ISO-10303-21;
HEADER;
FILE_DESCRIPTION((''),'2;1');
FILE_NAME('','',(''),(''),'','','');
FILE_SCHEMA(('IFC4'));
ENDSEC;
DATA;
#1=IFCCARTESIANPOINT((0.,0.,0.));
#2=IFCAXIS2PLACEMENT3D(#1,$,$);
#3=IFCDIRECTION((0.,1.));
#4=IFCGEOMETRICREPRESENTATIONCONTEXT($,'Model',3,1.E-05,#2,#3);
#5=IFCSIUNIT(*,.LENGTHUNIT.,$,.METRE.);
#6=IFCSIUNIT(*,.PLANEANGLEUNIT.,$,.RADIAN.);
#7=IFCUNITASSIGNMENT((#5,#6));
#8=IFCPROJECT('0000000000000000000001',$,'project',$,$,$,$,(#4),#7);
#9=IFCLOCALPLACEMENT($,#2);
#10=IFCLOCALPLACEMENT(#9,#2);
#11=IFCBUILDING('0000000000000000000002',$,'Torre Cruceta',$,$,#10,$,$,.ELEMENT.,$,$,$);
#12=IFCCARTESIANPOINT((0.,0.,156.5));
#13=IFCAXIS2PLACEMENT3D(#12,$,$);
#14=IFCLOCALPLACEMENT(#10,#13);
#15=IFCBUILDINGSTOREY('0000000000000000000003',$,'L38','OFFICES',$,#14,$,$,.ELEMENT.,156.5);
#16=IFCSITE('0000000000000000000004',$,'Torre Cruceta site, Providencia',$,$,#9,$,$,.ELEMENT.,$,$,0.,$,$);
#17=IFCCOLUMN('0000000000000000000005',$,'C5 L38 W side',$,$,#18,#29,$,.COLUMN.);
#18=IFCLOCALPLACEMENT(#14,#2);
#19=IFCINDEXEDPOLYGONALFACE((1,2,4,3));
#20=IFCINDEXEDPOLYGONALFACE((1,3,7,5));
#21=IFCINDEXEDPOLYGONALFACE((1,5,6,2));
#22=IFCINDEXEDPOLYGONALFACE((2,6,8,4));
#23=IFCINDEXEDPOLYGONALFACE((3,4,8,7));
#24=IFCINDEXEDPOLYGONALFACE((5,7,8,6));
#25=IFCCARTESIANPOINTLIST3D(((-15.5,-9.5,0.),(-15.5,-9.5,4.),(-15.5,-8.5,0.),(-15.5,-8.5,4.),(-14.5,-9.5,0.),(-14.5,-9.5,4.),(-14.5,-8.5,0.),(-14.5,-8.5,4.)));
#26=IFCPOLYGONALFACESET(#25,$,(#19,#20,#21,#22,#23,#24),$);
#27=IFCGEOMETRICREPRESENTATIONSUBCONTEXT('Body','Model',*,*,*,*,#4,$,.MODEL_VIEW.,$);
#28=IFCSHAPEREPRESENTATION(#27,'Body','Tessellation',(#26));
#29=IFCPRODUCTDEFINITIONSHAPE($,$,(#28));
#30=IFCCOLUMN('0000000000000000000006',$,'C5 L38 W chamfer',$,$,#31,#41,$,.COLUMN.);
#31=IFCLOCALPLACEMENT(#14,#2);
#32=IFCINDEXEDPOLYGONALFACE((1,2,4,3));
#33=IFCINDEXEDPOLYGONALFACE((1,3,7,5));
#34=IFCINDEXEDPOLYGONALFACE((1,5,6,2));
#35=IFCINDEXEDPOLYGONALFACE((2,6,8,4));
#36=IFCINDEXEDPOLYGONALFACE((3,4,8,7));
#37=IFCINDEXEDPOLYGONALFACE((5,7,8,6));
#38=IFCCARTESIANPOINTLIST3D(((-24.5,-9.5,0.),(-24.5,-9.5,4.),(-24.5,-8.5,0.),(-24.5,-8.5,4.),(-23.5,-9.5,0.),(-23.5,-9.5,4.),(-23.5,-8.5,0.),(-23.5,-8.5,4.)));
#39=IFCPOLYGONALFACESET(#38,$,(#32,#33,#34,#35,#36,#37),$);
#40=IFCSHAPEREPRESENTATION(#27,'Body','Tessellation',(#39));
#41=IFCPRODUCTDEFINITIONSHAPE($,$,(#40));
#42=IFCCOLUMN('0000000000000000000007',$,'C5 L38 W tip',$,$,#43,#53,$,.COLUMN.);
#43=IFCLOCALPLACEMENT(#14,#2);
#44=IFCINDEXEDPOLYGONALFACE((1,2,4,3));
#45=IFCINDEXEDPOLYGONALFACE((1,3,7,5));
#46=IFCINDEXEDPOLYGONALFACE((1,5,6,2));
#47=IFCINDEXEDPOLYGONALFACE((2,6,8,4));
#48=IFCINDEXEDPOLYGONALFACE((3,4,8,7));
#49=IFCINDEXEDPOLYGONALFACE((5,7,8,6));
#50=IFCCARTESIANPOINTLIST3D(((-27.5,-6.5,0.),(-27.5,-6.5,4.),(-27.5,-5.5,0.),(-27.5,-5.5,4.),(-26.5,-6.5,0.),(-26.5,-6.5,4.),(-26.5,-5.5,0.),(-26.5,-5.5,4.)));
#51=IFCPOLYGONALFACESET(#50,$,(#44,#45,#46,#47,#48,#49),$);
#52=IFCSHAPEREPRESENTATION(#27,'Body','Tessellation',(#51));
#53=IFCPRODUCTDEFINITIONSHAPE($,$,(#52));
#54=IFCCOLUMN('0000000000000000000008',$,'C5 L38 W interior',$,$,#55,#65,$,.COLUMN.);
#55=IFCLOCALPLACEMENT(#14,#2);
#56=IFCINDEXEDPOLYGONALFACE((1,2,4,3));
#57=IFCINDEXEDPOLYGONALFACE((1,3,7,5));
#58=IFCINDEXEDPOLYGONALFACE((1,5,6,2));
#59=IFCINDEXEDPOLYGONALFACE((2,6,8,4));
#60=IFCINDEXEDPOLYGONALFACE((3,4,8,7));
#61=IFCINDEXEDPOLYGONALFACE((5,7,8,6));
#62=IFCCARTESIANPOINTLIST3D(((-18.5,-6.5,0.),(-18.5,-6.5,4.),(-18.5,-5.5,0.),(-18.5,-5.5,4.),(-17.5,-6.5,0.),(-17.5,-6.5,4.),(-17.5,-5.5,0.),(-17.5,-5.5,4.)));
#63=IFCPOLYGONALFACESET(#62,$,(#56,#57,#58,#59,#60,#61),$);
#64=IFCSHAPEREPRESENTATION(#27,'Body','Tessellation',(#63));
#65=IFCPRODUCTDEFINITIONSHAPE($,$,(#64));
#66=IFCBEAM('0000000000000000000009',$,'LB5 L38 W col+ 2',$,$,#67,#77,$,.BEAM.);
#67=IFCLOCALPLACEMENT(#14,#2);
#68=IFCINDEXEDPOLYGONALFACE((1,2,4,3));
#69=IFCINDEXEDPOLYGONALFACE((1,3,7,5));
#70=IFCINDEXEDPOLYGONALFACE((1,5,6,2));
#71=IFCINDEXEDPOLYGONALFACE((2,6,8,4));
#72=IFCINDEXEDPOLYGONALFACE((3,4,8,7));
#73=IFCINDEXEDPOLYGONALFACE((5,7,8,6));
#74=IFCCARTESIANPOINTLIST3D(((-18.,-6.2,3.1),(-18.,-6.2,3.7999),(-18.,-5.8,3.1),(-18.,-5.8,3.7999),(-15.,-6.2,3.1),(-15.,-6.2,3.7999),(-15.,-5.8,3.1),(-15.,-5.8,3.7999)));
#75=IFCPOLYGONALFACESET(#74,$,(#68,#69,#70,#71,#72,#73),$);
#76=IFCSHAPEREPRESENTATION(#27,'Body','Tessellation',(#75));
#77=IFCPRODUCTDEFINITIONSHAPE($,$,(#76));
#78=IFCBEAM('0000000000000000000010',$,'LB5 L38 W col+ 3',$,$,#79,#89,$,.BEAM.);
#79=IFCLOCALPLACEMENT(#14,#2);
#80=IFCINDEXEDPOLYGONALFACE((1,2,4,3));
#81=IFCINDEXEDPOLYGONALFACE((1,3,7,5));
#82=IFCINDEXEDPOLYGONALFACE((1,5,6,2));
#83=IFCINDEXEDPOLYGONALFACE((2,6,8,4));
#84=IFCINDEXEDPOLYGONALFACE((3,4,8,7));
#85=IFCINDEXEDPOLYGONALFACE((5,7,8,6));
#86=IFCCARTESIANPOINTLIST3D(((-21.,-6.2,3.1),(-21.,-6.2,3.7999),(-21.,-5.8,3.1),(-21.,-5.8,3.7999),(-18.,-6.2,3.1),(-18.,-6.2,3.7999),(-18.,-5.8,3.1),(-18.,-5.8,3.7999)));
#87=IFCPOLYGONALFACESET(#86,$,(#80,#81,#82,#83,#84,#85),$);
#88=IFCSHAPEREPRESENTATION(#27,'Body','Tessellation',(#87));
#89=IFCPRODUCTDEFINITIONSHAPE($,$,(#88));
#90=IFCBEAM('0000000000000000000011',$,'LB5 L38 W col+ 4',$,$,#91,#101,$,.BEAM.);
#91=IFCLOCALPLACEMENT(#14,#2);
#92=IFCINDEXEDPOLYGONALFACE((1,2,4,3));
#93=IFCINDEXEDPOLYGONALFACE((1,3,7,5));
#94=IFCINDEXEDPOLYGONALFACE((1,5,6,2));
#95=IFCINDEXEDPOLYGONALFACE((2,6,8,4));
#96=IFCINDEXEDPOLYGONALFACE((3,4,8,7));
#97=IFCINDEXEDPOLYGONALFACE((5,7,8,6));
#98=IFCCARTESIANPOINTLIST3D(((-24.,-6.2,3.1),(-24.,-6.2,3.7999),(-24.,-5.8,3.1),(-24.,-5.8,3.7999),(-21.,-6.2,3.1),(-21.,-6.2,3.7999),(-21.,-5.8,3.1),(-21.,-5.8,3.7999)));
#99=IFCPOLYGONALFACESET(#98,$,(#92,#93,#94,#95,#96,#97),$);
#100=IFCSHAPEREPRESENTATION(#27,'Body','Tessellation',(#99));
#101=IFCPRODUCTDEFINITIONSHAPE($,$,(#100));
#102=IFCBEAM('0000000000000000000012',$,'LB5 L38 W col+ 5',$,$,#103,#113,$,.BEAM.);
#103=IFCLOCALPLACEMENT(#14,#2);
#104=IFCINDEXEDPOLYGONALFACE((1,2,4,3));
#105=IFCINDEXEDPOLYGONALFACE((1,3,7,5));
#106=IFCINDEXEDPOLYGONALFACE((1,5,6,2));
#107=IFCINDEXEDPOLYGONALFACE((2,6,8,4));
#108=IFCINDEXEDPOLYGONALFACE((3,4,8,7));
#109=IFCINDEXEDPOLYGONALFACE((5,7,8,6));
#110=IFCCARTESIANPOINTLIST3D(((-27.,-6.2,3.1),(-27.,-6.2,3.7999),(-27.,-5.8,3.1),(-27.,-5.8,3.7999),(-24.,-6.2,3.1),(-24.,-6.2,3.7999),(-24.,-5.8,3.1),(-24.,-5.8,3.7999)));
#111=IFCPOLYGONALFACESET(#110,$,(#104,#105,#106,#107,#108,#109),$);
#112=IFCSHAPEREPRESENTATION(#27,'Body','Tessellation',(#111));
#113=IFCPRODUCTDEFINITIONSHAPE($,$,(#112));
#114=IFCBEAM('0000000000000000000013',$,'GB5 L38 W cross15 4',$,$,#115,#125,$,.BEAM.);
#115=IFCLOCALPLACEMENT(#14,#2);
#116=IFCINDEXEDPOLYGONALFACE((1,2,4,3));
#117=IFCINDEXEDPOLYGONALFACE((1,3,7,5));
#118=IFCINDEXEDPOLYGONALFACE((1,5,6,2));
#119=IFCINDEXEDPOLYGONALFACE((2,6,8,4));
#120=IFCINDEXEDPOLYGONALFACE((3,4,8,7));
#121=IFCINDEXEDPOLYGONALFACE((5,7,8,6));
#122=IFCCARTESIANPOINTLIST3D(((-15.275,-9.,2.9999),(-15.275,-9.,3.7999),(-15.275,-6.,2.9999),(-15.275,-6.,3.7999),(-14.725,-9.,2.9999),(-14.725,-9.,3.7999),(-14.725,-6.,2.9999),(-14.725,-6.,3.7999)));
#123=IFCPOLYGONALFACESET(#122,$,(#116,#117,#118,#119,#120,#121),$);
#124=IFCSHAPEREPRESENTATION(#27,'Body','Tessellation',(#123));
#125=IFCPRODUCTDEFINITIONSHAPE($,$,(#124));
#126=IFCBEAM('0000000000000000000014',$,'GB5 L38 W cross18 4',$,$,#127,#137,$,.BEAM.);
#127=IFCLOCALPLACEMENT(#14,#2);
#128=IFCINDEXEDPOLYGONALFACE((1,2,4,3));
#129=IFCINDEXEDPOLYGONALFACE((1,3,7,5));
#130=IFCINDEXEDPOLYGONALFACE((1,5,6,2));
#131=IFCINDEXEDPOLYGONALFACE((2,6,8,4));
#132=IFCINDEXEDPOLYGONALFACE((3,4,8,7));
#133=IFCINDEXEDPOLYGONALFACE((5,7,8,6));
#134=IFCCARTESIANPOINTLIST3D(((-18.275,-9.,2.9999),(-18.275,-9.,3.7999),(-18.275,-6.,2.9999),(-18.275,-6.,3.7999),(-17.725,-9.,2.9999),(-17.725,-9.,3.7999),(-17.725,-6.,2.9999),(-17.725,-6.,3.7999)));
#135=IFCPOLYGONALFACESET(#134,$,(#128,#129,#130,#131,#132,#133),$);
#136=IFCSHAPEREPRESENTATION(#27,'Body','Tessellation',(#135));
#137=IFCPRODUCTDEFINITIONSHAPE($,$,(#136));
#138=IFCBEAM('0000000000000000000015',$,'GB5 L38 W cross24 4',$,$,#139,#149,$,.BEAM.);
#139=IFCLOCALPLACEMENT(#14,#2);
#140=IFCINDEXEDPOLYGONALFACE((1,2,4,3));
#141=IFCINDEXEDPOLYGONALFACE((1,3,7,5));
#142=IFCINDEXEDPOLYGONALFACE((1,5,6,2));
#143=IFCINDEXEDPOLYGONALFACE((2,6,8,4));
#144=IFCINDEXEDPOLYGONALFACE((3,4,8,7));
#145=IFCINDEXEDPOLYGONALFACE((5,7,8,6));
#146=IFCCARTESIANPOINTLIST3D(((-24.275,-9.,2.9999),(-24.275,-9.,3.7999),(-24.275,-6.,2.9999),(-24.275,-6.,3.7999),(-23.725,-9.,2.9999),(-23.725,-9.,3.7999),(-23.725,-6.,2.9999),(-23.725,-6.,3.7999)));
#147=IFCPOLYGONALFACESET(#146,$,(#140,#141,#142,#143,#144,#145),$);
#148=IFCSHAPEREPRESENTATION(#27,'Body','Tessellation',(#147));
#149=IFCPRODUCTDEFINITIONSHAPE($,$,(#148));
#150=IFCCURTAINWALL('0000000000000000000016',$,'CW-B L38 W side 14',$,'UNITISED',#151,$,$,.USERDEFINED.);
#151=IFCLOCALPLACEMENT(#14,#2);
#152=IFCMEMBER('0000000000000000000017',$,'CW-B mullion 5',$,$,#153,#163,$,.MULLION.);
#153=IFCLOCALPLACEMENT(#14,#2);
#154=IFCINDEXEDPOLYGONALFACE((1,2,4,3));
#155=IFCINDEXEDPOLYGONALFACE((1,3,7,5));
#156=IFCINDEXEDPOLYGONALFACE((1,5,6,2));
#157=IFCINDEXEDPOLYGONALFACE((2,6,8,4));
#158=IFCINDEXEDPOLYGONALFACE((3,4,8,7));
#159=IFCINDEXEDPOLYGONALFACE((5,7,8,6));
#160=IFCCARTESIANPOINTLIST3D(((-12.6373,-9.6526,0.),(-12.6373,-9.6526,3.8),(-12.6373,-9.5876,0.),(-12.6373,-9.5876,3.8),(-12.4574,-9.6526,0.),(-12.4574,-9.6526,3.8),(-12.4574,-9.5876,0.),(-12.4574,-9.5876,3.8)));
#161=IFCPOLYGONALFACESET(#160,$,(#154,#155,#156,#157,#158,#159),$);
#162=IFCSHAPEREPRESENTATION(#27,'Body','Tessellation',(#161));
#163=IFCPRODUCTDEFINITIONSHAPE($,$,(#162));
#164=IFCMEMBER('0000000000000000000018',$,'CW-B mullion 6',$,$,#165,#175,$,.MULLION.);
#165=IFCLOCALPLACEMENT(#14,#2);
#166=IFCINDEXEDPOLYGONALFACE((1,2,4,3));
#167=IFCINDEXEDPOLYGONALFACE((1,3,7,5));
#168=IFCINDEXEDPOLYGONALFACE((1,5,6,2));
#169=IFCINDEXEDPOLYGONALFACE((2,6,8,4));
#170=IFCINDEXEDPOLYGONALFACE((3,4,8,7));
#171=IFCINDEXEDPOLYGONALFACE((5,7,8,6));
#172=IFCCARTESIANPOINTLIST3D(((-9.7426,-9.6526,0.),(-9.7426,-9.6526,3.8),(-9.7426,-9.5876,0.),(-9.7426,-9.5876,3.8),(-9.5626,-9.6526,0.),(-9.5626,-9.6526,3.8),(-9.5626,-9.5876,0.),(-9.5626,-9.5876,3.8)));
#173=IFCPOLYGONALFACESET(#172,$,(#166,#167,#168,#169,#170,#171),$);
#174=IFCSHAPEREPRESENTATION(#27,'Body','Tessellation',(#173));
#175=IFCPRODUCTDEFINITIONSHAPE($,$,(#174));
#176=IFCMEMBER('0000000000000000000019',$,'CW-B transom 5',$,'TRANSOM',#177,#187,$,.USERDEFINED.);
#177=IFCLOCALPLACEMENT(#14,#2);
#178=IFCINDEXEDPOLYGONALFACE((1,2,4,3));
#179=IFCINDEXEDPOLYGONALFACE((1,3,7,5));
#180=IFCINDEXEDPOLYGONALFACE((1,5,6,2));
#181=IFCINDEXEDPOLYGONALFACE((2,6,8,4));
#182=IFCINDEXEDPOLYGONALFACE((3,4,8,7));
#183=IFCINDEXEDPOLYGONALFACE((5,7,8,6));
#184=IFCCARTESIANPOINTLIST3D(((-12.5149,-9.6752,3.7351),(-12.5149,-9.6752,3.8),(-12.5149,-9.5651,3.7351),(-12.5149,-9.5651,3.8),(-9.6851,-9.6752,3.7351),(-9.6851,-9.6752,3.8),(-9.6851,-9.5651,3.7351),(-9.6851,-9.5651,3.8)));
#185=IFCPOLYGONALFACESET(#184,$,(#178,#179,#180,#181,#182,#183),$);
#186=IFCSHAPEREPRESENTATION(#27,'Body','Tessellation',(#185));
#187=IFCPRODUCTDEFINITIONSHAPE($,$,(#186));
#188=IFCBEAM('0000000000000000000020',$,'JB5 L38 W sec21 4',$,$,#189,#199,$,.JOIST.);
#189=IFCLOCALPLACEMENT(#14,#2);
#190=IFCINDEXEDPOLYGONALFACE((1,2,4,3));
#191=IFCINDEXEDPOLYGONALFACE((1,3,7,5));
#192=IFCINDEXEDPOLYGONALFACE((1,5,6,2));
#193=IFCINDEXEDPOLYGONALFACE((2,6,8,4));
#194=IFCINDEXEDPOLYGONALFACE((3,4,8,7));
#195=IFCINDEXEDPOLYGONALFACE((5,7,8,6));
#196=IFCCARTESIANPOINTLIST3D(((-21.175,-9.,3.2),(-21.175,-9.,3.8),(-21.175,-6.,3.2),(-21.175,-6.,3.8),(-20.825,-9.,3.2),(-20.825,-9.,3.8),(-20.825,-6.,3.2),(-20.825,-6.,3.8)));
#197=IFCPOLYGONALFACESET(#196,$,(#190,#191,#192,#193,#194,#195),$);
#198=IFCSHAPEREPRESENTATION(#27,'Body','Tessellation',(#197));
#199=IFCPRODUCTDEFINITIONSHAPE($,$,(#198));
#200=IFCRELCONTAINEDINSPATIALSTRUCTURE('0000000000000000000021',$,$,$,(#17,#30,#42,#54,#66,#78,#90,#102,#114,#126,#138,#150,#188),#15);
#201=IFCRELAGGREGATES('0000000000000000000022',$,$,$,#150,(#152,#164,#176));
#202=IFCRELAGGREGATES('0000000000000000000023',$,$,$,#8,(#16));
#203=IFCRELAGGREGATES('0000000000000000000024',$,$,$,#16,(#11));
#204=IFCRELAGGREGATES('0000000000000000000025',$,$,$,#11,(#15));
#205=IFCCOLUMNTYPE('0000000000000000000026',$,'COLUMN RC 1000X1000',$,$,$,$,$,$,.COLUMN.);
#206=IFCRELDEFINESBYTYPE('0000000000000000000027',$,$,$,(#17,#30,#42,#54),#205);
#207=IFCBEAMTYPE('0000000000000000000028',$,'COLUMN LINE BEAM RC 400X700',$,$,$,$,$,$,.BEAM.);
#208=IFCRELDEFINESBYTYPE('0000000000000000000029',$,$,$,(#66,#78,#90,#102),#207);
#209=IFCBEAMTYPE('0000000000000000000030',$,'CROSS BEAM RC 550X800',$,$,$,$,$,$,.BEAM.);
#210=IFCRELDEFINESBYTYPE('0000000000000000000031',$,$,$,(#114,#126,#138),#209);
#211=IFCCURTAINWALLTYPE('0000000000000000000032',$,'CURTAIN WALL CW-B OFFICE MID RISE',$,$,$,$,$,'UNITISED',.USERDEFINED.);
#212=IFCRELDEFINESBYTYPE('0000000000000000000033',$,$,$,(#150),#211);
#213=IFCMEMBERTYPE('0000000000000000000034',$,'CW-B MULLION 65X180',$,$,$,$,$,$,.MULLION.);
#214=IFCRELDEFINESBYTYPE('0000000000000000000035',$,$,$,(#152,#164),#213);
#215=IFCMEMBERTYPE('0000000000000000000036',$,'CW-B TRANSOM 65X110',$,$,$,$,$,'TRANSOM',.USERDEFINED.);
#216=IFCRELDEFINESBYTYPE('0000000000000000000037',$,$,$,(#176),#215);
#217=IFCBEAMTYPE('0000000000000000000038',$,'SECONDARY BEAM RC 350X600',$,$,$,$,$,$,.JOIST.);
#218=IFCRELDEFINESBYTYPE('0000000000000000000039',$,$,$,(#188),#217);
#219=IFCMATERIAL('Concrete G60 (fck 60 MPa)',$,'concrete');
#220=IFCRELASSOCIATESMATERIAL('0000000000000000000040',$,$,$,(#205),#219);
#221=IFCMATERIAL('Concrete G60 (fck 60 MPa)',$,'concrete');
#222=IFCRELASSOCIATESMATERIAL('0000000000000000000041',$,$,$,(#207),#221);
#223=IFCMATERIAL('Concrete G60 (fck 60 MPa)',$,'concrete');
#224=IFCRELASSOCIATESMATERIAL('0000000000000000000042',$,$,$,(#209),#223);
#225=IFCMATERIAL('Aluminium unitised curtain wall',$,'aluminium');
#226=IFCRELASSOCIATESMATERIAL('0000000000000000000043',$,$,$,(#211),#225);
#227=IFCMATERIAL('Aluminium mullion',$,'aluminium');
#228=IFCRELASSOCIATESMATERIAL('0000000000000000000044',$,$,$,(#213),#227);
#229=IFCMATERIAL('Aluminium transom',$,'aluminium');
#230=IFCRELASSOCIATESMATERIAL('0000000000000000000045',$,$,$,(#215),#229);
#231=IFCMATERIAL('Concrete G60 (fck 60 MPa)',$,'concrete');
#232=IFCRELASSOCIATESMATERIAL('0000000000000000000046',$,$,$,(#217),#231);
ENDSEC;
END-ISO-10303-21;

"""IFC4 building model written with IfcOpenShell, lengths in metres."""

from ifc_helpers import new_model, si_unit, direction, frame, origin, origin_2d, place, context, subcontext, project, spatial, rectangle, extrude, material, material_profile, profile_set, type_object, element, aggregate, save


model = new_model("IFC4")

# Units and contexts
model_context = context("Model", 3, precision=1e-05, world=origin(), true_north=direction((0.0, 1.0)))
body_context = subcontext(model_context, "Body", "Model", "MODEL_VIEW")
ifc_project = project(units=[si_unit("LENGTHUNIT", "METRE"), si_unit("PLANEANGLEUNIT", "RADIAN")], contexts=[model_context])

# Site, building, storey
site_placement = place(None, origin())
site = spatial("IfcSite", under=ifc_project, at=site_placement, Name="Torre Cruceta site, Providencia", CompositionType="ELEMENT", RefElevation=0.0)
building_placement = place(site_placement, origin())
building = spatial("IfcBuilding", under=site, at=building_placement, Name="Torre Cruceta", CompositionType="ELEMENT")
storey_placement = place(building_placement, frame((0.0, 0.0, 156.5)))
storey = spatial("IfcBuildingStorey", under=building, at=storey_placement, Name="L38", Description="OFFICES", CompositionType="ELEMENT", Elevation=156.5)

# Columns
ifc_material_1 = material(Name="Concrete G60 (fck 60 MPa)", Category="concrete")
ifc_material_profile_1 = material_profile(ifc_material_1, rectangle(XDim=1.0, YDim=1.0, at=origin_2d()), Name="RC 1000X1000")
ifc_profile_set_1 = profile_set([ifc_material_profile_1], Name="Concrete G60 (fck 60 MPa)")
column_type = type_object("IfcColumnType", Name="COLUMN RC 1000X1000", PredefinedType="COLUMN", material=ifc_profile_set_1)
for number, where, z_axis, x_axis, name in (
    (1, (-15.0, -9.0, 0.0), (0.0, 0.0, 1.0), (1.0, 0.0, 0.0), "C5 L38 W side"),
    (2, (-24.0, -9.0, 0.0), (0.0, 0.0, 1.0), (1.0, 0.0, 0.0), "C5 L38 W chamfer"),
    (3, (-27.0, -6.0, 0.0), (0.0, 0.0, 1.0), (1.0, 0.0, 0.0), "C5 L38 W tip"),
    (4, (-18.0, -6.0, 0.0), (0.0, 0.0, 1.0), (1.0, 0.0, 0.0), "C5 L38 W interior"),
):
    element("IfcColumn", number, at=place(storey_placement, frame(where, z_axis=z_axis, x_axis=x_axis)), inside=storey, type_object=column_type, Name=name, PredefinedType="COLUMN", context=body_context, shape_type="SweptSolid", body=[
        extrude(rectangle(XDim=1.0, YDim=1.0, at=origin_2d()), origin(), (0.0, 0.0, 1.0), 4.0),
    ])

# Beams
ifc_material_2 = material(Name="Concrete G60 (fck 60 MPa)", Category="concrete")
ifc_material_profile_2 = material_profile(ifc_material_2, rectangle(XDim=0.3999, YDim=0.7, at=origin_2d()), Name="RC 400X700")
ifc_profile_set_2 = profile_set([ifc_material_profile_2], Name="Concrete G60 (fck 60 MPa)")
beam_type_1 = type_object("IfcBeamType", Name="COLUMN LINE BEAM RC 400X700", PredefinedType="BEAM", material=ifc_profile_set_2)
for number, where, z_axis, x_axis, name in (
    (5, (-15.0, -6.0, 3.45), (-1.0, 0.0, 0.0), (0.0, -1.0, 0.0), "LB5 L38 W col+ 2"),
    (6, (-18.0, -6.0, 3.45), (-1.0, 0.0, 0.0), (0.0, -1.0, 0.0), "LB5 L38 W col+ 3"),
    (7, (-21.0, -6.0, 3.45), (-1.0, 0.0, 0.0), (0.0, -1.0, 0.0), "LB5 L38 W col+ 4"),
    (8, (-24.0, -6.0, 3.45), (-1.0, 0.0, 0.0), (0.0, -1.0, 0.0), "LB5 L38 W col+ 5"),
):
    element("IfcBeam", number, at=place(storey_placement, frame(where, z_axis=z_axis, x_axis=x_axis)), inside=storey, type_object=beam_type_1, Name=name, PredefinedType="BEAM", context=body_context, shape_type="SweptSolid", body=[
        extrude(rectangle(XDim=0.3999, YDim=0.7, at=origin_2d()), origin(), (0.0, 0.0, 1.0), 3.0),
    ])
ifc_material_3 = material(Name="Concrete G60 (fck 60 MPa)", Category="concrete")
ifc_material_profile_3 = material_profile(ifc_material_3, rectangle(XDim=0.55, YDim=0.8, at=origin_2d()), Name="RC 550X800")
ifc_profile_set_3 = profile_set([ifc_material_profile_3], Name="Concrete G60 (fck 60 MPa)")
beam_type_2 = type_object("IfcBeamType", Name="CROSS BEAM RC 550X800", PredefinedType="BEAM", material=ifc_profile_set_3)
for number, where, z_axis, x_axis, name in (
    (9, (-15.0, -6.0, 3.3999), (0.0, -1.0, 0.0), (1.0, 0.0, 0.0), "GB5 L38 W cross15 4"),
    (10, (-18.0, -6.0, 3.3999), (0.0, -1.0, 0.0), (1.0, 0.0, 0.0), "GB5 L38 W cross18 4"),
    (11, (-24.0, -6.0, 3.3999), (0.0, -1.0, 0.0), (1.0, 0.0, 0.0), "GB5 L38 W cross24 4"),
):
    element("IfcBeam", number, at=place(storey_placement, frame(where, z_axis=z_axis, x_axis=x_axis)), inside=storey, type_object=beam_type_2, Name=name, PredefinedType="BEAM", context=body_context, shape_type="SweptSolid", body=[
        extrude(rectangle(XDim=0.55, YDim=0.8, at=origin_2d()), origin(), (0.0, 0.0, 1.0), 3.0),
    ])

# Curtain wall, members
ifc_material_4 = material(Name="Aluminium unitised curtain wall", Category="aluminium")
curtain_wall_type = type_object("IfcCurtainWallType", Name="CURTAIN WALL CW-B OFFICE MID RISE", ElementType="UNITISED", PredefinedType="USERDEFINED", material=ifc_material_4)
curtain_wall_placement = place(storey_placement, origin())
curtain_wall = element("IfcCurtainWall", 12, at=curtain_wall_placement, inside=storey, type_object=curtain_wall_type, Name="CW-B L38 W side 14", ObjectType="UNITISED", PredefinedType="USERDEFINED")
ifc_material_5 = material(Name="Aluminium mullion", Category="aluminium")
ifc_material_profile_4 = material_profile(ifc_material_5, rectangle(XDim=0.0649, YDim=0.1799, at=origin_2d()), Name="AL 65X180")
ifc_profile_set_4 = profile_set([ifc_material_profile_4], Name="Aluminium mullion")
member_type_1 = type_object("IfcMemberType", Name="CW-B MULLION 65X180", PredefinedType="MULLION", material=ifc_profile_set_4)
member_1_placement = place(storey_placement, frame((-12.5474, -9.6201, 0.0), z_axis=(0.0, 0.0, 1.0), x_axis=(0.0, 1.0, 0.0)))
member_1 = element("IfcMember", 13, at=member_1_placement, type_object=member_type_1, Name="CW-B mullion 5", PredefinedType="MULLION", context=body_context, shape_type="SweptSolid", body=[
    extrude(rectangle(XDim=0.0649, YDim=0.1799, at=origin_2d()), origin(), (0.0, 0.0, 1.0), 3.8),
])
member_2_placement = place(storey_placement, frame((-9.6526, -9.6201, 0.0), z_axis=(0.0, 0.0, 1.0), x_axis=(0.0, 1.0, 0.0)))
member_2 = element("IfcMember", 14, at=member_2_placement, type_object=member_type_1, Name="CW-B mullion 6", PredefinedType="MULLION", context=body_context, shape_type="SweptSolid", body=[
    extrude(rectangle(XDim=0.0649, YDim=0.1799, at=origin_2d()), origin(), (0.0, 0.0, 1.0), 3.8),
])
ifc_material_6 = material(Name="Aluminium transom", Category="aluminium")
ifc_material_profile_5 = material_profile(ifc_material_6, rectangle(XDim=0.1101, YDim=0.0649, at=origin_2d()), Name="AL 110X65")
ifc_profile_set_5 = profile_set([ifc_material_profile_5], Name="Aluminium transom")
member_type_2 = type_object("IfcMemberType", Name="CW-B TRANSOM 65X110", ElementType="TRANSOM", PredefinedType="USERDEFINED", material=ifc_profile_set_5)
member_3_placement = place(storey_placement, frame((-12.5149, -9.6201, 3.7676), z_axis=(1.0, 0.0, 0.0), x_axis=(0.0, 1.0, 0.0)))
member_3 = element("IfcMember", 15, at=member_3_placement, type_object=member_type_2, Name="CW-B transom 5", ObjectType="TRANSOM", PredefinedType="USERDEFINED", context=body_context, shape_type="SweptSolid", body=[
    extrude(rectangle(XDim=0.1101, YDim=0.0649, at=origin_2d()), origin(), (0.0, 0.0, 1.0), 2.8298),
])

# Beam
ifc_material_7 = material(Name="Concrete G60 (fck 60 MPa)", Category="concrete")
ifc_material_profile_6 = material_profile(ifc_material_7, rectangle(XDim=0.3501, YDim=0.6001, at=origin_2d()), Name="RC 350X600")
ifc_profile_set_6 = profile_set([ifc_material_profile_6], Name="Concrete G60 (fck 60 MPa)")
beam_type_3 = type_object("IfcBeamType", Name="SECONDARY BEAM RC 350X600", PredefinedType="JOIST", material=ifc_profile_set_6)
beam_1_placement = place(storey_placement, frame((-21.0, -6.0, 3.5), z_axis=(0.0, -1.0, 0.0), x_axis=(1.0, 0.0, 0.0)))
element("IfcBeam", 16, at=beam_1_placement, inside=storey, type_object=beam_type_3, Name="JB5 L38 W sec21 4", PredefinedType="JOIST", context=body_context, shape_type="SweptSolid", body=[
    extrude(rectangle(XDim=0.3501, YDim=0.6001, at=origin_2d()), origin(), (0.0, 0.0, 1.0), 3.0),
])

aggregate(curtain_wall, [member_1, member_2, member_3])

save(model, "model.ifc")
